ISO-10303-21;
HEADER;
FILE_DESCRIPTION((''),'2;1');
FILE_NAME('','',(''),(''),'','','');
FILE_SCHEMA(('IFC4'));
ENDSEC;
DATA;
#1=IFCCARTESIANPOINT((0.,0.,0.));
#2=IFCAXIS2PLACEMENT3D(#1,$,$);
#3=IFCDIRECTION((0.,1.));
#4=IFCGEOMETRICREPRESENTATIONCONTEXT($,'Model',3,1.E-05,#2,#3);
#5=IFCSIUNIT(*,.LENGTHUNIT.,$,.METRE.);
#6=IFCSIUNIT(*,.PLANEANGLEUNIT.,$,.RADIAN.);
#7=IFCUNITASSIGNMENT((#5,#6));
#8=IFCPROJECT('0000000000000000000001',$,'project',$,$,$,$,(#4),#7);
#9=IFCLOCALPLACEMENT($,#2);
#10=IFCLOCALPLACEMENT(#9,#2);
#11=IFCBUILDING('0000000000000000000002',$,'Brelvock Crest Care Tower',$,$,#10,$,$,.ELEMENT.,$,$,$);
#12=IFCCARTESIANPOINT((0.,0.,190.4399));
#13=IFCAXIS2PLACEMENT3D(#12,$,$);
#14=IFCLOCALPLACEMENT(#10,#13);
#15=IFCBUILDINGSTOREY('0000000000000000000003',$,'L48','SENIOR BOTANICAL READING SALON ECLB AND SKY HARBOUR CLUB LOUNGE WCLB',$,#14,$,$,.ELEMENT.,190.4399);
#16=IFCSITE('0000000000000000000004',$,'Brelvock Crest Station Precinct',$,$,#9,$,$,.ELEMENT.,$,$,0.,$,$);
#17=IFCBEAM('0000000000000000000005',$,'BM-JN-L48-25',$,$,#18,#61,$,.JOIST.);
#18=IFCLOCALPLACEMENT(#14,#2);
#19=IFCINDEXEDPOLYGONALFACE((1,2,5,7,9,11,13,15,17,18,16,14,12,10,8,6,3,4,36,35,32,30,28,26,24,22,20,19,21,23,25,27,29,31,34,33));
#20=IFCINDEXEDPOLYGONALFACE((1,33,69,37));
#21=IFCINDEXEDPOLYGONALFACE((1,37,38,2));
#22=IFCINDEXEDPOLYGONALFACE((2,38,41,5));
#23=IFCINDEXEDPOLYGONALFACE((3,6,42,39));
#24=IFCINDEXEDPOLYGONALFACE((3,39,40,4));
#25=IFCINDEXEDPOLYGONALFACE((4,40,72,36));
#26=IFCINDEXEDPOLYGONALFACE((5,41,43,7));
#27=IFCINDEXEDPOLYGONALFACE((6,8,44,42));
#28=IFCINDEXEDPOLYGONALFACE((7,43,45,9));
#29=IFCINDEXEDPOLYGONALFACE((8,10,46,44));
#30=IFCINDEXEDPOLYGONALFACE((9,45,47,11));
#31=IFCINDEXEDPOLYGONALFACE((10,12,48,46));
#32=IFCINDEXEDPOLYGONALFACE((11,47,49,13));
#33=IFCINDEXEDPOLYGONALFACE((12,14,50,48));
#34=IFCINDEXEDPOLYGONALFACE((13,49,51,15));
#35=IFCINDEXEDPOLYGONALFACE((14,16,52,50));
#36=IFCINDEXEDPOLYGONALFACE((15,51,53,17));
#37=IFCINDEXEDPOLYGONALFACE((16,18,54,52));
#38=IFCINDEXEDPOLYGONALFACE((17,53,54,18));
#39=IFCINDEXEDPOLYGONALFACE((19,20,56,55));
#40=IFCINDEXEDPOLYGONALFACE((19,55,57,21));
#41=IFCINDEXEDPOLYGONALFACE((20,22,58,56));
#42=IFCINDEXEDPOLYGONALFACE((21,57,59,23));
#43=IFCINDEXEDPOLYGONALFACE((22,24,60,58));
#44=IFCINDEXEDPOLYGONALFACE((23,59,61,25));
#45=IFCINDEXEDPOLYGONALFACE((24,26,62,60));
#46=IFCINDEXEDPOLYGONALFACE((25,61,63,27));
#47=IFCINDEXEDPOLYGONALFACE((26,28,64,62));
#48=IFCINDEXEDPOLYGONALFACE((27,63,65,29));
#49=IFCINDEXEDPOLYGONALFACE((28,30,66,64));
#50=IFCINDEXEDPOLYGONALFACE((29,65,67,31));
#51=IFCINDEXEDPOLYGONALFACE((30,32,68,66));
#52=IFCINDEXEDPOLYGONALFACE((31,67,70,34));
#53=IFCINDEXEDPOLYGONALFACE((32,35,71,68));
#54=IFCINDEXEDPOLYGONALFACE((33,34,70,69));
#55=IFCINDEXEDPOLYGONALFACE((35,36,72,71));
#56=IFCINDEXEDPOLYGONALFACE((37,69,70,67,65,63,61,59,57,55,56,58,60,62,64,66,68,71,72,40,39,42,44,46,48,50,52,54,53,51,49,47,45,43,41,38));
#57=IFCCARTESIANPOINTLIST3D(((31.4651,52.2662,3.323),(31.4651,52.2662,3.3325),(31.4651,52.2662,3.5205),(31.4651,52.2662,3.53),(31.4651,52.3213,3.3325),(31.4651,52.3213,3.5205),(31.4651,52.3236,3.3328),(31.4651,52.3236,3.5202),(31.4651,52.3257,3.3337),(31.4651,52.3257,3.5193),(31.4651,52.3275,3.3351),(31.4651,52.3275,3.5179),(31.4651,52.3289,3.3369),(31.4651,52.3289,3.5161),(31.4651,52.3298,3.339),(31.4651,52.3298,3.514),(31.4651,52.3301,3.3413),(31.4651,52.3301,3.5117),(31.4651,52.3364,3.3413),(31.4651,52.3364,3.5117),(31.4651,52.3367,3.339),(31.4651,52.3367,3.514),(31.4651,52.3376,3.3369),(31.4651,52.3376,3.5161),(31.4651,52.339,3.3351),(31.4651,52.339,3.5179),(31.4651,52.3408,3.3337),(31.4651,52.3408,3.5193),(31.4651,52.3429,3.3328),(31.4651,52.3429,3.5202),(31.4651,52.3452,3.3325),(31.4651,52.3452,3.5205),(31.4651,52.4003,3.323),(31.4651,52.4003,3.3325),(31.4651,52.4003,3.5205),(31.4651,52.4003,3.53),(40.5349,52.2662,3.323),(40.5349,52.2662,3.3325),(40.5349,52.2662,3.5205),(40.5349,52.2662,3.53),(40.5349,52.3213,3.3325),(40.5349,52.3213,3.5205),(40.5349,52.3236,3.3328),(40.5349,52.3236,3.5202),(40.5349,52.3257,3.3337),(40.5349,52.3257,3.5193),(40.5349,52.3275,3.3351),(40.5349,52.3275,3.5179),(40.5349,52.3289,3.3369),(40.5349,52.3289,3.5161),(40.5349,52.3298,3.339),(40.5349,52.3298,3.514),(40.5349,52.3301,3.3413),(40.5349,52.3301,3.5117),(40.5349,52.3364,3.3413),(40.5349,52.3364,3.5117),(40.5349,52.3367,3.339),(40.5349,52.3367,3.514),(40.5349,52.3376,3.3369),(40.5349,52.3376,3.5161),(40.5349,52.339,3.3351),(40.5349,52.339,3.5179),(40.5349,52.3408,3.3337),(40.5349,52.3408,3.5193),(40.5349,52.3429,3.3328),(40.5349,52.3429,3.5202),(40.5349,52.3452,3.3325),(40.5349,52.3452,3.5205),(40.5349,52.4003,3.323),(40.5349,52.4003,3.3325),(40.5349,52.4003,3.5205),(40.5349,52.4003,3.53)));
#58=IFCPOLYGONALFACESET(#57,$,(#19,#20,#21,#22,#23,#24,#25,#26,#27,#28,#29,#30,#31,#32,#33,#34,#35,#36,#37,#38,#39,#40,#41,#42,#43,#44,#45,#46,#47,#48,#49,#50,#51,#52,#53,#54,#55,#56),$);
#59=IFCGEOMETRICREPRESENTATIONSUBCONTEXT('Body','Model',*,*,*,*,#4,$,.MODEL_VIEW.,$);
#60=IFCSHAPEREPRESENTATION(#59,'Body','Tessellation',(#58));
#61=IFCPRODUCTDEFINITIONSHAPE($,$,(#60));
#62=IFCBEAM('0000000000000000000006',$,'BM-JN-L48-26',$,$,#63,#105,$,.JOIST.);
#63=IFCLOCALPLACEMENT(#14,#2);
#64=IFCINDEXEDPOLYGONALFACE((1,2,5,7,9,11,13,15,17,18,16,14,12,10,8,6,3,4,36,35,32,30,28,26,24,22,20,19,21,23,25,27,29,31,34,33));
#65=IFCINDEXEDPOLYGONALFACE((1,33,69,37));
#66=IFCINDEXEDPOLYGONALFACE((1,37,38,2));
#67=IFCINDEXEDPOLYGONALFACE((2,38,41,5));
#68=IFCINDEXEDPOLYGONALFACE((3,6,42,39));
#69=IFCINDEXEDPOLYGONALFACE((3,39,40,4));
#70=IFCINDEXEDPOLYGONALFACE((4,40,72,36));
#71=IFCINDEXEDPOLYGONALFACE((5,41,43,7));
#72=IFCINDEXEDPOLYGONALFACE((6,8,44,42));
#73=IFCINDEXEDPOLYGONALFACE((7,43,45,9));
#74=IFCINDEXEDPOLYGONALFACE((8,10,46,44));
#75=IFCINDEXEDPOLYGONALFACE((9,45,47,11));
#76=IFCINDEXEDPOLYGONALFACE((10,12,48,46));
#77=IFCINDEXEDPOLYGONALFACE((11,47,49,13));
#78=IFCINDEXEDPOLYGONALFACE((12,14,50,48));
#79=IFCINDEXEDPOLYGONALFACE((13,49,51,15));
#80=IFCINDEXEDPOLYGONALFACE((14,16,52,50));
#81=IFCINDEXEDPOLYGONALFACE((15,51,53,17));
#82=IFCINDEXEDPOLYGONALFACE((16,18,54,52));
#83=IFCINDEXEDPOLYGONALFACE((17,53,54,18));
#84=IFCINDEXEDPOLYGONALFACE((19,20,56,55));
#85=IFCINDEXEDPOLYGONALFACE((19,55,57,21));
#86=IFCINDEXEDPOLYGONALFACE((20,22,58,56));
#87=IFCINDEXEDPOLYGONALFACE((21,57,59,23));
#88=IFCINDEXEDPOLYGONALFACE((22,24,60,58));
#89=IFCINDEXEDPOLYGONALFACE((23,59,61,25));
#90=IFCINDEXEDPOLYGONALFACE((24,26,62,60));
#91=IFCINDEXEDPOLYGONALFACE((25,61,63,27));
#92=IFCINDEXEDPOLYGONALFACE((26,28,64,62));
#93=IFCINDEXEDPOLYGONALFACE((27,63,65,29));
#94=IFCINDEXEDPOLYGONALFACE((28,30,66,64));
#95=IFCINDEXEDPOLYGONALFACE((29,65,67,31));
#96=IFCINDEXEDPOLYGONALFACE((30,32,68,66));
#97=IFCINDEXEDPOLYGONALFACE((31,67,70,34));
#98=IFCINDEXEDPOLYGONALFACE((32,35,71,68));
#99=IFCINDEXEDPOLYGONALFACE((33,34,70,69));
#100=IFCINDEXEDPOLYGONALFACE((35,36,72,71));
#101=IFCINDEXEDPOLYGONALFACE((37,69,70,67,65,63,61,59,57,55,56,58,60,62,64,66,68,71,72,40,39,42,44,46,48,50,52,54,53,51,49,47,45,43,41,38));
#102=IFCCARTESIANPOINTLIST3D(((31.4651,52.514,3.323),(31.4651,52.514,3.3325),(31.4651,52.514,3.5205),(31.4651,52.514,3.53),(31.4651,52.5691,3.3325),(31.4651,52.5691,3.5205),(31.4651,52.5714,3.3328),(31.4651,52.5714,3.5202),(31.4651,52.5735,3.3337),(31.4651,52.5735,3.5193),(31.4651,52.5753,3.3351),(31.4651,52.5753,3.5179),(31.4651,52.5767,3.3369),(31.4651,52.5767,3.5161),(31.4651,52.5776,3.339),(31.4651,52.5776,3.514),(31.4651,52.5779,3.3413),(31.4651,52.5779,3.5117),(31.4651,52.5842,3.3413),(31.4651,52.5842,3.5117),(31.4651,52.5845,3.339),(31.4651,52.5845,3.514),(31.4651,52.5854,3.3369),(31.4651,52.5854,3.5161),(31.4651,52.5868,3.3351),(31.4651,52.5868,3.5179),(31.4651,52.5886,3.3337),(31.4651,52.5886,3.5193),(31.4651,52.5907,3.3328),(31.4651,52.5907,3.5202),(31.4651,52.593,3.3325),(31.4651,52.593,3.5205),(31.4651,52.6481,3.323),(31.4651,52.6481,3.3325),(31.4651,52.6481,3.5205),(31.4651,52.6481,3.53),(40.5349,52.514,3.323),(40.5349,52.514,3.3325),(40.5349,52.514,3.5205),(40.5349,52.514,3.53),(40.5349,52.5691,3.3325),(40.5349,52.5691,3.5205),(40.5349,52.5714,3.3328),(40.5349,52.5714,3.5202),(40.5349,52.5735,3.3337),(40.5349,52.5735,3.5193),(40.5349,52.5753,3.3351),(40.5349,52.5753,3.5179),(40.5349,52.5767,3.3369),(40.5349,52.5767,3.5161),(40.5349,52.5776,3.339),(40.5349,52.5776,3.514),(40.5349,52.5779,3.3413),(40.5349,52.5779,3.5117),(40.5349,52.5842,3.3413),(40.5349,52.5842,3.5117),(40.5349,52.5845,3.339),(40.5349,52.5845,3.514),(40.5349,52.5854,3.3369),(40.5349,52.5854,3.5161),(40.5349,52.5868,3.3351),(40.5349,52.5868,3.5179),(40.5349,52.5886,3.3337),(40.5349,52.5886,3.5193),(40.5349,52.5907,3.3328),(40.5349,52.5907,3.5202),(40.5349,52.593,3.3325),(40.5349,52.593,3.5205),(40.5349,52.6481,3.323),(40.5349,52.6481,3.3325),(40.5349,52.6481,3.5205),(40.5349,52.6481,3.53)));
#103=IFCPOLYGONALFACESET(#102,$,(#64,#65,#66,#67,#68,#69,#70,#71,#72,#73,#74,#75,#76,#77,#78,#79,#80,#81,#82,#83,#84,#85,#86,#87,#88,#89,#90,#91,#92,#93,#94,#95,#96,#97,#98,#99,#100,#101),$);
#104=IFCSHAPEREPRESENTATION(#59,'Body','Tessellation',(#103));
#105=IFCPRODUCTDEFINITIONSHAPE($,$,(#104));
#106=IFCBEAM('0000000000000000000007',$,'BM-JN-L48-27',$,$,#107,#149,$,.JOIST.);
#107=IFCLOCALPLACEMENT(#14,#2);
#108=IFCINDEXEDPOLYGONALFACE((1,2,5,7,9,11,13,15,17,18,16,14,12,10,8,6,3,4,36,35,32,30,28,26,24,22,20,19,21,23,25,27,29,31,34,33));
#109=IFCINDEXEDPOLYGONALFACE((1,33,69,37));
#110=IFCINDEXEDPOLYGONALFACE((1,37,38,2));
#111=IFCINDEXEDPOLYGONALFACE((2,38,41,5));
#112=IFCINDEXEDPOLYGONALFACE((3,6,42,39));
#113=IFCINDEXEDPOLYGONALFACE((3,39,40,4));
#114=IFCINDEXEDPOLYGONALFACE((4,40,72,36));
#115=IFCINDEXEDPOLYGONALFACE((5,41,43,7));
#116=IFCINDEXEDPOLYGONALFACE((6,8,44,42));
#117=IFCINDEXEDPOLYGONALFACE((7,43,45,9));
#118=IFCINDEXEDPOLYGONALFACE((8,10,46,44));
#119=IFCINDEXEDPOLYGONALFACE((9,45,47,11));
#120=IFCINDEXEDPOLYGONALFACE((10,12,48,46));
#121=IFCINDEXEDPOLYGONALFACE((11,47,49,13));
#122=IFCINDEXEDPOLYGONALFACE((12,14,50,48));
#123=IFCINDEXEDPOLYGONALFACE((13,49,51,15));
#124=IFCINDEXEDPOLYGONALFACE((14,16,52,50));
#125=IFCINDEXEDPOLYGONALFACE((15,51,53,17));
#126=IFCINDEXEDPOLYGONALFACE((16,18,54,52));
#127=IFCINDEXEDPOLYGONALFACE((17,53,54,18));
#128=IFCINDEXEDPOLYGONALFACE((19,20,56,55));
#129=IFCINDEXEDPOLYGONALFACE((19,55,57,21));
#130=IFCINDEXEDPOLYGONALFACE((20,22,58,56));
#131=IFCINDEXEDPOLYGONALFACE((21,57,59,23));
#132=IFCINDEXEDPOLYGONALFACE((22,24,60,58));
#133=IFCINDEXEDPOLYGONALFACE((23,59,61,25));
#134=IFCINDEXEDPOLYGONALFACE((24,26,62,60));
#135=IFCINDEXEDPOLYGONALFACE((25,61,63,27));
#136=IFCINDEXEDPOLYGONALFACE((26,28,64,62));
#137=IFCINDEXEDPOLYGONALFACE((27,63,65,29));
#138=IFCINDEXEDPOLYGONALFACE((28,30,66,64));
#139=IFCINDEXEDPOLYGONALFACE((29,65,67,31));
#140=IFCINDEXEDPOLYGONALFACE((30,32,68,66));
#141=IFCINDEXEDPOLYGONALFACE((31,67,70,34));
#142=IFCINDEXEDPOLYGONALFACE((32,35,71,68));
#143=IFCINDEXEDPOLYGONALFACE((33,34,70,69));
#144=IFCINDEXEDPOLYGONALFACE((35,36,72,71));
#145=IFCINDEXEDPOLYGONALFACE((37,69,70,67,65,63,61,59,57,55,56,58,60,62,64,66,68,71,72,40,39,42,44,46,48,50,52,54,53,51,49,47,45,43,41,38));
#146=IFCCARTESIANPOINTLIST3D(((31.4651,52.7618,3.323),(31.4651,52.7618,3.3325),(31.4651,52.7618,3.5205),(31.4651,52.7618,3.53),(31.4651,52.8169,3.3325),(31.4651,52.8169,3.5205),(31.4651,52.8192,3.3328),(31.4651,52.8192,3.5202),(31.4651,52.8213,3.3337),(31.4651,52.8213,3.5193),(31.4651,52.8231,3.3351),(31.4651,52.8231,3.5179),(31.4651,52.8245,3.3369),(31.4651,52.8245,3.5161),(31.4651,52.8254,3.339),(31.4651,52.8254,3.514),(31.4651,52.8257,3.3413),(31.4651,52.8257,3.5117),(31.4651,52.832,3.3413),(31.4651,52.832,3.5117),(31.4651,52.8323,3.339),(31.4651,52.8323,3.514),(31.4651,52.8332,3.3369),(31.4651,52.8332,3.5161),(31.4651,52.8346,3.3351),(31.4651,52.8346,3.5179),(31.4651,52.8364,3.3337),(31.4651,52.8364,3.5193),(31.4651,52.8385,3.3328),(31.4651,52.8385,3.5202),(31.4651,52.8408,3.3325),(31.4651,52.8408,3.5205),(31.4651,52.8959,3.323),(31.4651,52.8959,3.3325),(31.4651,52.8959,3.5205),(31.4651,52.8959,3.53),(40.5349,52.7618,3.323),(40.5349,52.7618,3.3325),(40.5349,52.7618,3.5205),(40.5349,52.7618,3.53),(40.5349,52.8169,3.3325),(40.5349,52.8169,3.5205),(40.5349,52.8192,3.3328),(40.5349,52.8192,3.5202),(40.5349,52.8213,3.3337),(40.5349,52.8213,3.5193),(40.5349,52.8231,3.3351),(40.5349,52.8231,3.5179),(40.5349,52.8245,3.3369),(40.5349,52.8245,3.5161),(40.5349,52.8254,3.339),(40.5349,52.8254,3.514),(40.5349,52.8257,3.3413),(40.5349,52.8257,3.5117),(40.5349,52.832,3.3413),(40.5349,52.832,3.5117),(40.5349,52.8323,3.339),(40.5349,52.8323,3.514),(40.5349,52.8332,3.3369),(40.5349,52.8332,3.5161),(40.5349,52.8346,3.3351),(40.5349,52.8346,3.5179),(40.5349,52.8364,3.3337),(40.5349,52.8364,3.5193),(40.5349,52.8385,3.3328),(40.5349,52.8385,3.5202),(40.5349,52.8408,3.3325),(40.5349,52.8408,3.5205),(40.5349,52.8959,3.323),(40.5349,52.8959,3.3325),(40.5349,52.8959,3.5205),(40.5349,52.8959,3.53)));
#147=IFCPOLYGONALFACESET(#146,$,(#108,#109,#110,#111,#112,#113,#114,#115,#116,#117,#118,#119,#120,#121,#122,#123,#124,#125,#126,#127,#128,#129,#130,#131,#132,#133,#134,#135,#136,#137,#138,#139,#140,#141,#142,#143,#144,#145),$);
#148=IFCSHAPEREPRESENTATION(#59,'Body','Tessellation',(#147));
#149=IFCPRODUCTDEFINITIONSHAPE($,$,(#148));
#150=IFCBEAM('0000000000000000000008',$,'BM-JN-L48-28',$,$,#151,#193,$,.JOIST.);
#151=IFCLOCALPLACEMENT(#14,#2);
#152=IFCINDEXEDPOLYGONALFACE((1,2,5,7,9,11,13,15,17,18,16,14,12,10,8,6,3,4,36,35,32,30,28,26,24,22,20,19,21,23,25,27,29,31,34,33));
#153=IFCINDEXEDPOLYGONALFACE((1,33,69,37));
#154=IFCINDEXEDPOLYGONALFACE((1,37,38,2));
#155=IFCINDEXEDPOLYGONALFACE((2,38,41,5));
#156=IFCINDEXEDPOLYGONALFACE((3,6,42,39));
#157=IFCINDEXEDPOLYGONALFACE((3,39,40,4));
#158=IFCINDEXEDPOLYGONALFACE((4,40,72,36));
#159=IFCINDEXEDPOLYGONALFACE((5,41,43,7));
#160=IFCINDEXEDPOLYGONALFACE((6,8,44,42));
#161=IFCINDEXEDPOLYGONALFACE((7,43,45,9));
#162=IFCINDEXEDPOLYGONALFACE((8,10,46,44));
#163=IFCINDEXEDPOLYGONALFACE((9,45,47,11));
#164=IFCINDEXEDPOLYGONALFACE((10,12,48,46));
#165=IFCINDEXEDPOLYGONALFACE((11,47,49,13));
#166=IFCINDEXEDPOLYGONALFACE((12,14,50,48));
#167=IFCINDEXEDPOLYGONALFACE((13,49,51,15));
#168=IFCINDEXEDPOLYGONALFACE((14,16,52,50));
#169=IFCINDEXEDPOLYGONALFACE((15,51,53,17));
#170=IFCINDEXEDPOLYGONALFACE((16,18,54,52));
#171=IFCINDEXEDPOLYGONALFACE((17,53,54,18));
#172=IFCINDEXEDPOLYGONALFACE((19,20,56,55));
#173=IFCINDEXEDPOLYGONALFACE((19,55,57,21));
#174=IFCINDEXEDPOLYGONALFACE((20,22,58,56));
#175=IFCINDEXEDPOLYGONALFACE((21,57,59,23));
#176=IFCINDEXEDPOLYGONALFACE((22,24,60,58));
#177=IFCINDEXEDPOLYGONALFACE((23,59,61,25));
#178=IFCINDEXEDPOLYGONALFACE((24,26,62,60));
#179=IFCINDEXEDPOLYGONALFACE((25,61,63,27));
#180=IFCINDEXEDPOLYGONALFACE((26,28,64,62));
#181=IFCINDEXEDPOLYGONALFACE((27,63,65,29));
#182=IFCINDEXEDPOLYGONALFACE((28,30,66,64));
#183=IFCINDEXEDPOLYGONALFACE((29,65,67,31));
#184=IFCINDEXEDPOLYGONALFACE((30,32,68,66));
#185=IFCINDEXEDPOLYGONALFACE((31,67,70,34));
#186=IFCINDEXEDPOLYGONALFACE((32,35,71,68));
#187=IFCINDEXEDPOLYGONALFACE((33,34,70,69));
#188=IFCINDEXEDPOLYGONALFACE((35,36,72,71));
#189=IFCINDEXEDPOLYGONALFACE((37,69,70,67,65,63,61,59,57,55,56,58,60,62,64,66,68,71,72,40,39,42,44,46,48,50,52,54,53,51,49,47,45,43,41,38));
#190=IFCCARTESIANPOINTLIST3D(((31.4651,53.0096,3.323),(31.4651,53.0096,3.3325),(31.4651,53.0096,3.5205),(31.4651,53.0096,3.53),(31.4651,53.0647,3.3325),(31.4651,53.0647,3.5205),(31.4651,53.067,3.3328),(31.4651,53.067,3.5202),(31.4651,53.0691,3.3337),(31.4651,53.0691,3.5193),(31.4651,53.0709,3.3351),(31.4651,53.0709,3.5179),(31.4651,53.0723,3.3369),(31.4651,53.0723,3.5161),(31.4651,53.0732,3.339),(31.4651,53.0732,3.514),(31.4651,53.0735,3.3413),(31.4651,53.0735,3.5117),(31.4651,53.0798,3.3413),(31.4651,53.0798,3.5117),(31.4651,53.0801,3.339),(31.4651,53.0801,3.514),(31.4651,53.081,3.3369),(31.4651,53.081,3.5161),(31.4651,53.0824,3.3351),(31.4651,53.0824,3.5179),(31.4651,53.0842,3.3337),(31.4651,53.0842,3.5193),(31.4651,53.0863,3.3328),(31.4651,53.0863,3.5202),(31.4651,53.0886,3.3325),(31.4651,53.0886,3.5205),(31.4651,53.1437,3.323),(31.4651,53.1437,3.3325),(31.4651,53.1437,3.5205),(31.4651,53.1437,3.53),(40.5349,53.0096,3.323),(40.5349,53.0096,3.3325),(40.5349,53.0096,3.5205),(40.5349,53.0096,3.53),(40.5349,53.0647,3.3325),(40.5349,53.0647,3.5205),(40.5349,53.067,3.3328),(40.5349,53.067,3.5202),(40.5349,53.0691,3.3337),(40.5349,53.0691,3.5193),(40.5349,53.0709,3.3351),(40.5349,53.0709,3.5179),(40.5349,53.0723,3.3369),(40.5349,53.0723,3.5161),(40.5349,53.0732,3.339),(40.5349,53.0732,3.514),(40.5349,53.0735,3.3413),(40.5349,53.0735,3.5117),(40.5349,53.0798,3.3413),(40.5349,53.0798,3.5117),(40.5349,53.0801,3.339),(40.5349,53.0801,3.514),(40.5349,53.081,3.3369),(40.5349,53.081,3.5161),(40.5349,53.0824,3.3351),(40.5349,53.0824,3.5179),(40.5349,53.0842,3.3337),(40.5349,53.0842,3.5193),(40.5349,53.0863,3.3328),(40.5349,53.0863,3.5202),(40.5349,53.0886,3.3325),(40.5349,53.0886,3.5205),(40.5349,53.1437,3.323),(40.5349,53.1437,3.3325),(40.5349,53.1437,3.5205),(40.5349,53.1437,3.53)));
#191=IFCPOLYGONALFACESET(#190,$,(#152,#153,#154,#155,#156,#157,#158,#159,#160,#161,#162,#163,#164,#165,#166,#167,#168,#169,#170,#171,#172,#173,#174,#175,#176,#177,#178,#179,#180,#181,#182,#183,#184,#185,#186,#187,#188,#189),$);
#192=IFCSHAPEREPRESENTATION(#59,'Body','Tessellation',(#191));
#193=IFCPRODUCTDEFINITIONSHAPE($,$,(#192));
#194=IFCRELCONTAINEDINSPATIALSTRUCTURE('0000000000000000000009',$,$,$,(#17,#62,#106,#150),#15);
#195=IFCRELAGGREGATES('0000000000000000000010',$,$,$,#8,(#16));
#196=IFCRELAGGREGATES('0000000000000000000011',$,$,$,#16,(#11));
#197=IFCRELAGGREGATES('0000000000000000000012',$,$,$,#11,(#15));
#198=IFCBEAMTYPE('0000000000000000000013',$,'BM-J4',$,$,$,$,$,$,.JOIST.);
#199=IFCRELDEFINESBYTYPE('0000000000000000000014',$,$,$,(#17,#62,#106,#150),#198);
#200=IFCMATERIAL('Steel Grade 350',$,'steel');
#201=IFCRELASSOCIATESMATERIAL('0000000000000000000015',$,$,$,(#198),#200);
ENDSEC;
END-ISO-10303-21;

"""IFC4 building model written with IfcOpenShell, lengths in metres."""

from ifc_helpers import new_model, si_unit, direction, frame, origin, origin_2d, place, context, subcontext, project, spatial, i_section, extrude, source, transform, mapped, material, material_profile, profile_set, type_object, element, save


model = new_model("IFC4")

# Units and contexts
model_context = context("Model", 3, precision=1e-05, world=origin(), true_north=direction((0.0, 1.0)))
body_context = subcontext(model_context, "Body", "Model", "MODEL_VIEW")
ifc_project = project(units=[si_unit("LENGTHUNIT", "METRE"), si_unit("PLANEANGLEUNIT", "RADIAN")], contexts=[model_context])

# Site, building, storey
site_placement = place(None, origin())
site = spatial("IfcSite", under=ifc_project, at=site_placement, Name="Brelvock Crest Station Precinct", CompositionType="ELEMENT", RefElevation=0.0)
building_placement = place(site_placement, origin())
building = spatial("IfcBuilding", under=site, at=building_placement, Name="Brelvock Crest Care Tower", CompositionType="ELEMENT")
storey_placement = place(building_placement, frame((0.0, 0.0, 190.4399)))
storey = spatial("IfcBuildingStorey", under=building, at=storey_placement, Name="L48", Description="SENIOR BOTANICAL READING SALON ECLB AND SKY HARBOUR CLUB LOUNGE WCLB", CompositionType="ELEMENT", Elevation=190.4399)

# Shared definitions
ifc_material_1 = material(Name="Steel Grade 350", Category="steel")

# Beams
ifc_material_profile_1 = material_profile(ifc_material_1, i_section(OverallWidth=0.134, OverallDepth=0.207, WebThickness=0.0063, FlangeThickness=0.0095, FilletRadius=0.0088, at=origin_2d()), Name="200UB29.8")
ifc_profile_set_1 = profile_set([ifc_material_profile_1], Name="Steel Grade 350")
beam_type_1 = type_object("IfcBeamType", Name="BM-J4", PredefinedType="JOIST", material=ifc_profile_set_1)
shared_shape_1 = source(origin(), body_context, "Body", "SweptSolid", [
    extrude(i_section(OverallWidth=0.134, OverallDepth=0.207, WebThickness=0.0063, FlangeThickness=0.0095, FilletRadius=0.0088, at=origin_2d()), origin(), (0.0, 0.0, 1.0), 9.0698),
])
for number, where, z_axis, x_axis, name in (
    (1, (31.4651, 52.3333, 3.4265), (1.0, 0.0, 0.0), (0.0, 1.0, 0.0), "BM-JN-L48-25"),
    (2, (31.4651, 52.5811, 3.4265), (1.0, 0.0, 0.0), (0.0, 1.0, 0.0), "BM-JN-L48-26"),
    (3, (31.4651, 52.8289, 3.4265), (1.0, 0.0, 0.0), (0.0, 1.0, 0.0), "BM-JN-L48-27"),
    (4, (31.4651, 53.0767, 3.4265), (1.0, 0.0, 0.0), (0.0, 1.0, 0.0), "BM-JN-L48-28"),
):
    element("IfcBeam", number, at=place(storey_placement, frame(where, z_axis=z_axis, x_axis=x_axis)), inside=storey, type_object=beam_type_1, Name=name, PredefinedType="JOIST", context=body_context, shape_type="MappedRepresentation", body=[
        mapped(shared_shape_1, transform((0.0, 0.0, 0.0), x_axis=(1.0, 0.0, 0.0), y_axis=(0.0, 1.0, 0.0), z_axis=(0.0, 0.0, 1.0), scale=1.0)),
    ])

save(model, "model.ifc")
